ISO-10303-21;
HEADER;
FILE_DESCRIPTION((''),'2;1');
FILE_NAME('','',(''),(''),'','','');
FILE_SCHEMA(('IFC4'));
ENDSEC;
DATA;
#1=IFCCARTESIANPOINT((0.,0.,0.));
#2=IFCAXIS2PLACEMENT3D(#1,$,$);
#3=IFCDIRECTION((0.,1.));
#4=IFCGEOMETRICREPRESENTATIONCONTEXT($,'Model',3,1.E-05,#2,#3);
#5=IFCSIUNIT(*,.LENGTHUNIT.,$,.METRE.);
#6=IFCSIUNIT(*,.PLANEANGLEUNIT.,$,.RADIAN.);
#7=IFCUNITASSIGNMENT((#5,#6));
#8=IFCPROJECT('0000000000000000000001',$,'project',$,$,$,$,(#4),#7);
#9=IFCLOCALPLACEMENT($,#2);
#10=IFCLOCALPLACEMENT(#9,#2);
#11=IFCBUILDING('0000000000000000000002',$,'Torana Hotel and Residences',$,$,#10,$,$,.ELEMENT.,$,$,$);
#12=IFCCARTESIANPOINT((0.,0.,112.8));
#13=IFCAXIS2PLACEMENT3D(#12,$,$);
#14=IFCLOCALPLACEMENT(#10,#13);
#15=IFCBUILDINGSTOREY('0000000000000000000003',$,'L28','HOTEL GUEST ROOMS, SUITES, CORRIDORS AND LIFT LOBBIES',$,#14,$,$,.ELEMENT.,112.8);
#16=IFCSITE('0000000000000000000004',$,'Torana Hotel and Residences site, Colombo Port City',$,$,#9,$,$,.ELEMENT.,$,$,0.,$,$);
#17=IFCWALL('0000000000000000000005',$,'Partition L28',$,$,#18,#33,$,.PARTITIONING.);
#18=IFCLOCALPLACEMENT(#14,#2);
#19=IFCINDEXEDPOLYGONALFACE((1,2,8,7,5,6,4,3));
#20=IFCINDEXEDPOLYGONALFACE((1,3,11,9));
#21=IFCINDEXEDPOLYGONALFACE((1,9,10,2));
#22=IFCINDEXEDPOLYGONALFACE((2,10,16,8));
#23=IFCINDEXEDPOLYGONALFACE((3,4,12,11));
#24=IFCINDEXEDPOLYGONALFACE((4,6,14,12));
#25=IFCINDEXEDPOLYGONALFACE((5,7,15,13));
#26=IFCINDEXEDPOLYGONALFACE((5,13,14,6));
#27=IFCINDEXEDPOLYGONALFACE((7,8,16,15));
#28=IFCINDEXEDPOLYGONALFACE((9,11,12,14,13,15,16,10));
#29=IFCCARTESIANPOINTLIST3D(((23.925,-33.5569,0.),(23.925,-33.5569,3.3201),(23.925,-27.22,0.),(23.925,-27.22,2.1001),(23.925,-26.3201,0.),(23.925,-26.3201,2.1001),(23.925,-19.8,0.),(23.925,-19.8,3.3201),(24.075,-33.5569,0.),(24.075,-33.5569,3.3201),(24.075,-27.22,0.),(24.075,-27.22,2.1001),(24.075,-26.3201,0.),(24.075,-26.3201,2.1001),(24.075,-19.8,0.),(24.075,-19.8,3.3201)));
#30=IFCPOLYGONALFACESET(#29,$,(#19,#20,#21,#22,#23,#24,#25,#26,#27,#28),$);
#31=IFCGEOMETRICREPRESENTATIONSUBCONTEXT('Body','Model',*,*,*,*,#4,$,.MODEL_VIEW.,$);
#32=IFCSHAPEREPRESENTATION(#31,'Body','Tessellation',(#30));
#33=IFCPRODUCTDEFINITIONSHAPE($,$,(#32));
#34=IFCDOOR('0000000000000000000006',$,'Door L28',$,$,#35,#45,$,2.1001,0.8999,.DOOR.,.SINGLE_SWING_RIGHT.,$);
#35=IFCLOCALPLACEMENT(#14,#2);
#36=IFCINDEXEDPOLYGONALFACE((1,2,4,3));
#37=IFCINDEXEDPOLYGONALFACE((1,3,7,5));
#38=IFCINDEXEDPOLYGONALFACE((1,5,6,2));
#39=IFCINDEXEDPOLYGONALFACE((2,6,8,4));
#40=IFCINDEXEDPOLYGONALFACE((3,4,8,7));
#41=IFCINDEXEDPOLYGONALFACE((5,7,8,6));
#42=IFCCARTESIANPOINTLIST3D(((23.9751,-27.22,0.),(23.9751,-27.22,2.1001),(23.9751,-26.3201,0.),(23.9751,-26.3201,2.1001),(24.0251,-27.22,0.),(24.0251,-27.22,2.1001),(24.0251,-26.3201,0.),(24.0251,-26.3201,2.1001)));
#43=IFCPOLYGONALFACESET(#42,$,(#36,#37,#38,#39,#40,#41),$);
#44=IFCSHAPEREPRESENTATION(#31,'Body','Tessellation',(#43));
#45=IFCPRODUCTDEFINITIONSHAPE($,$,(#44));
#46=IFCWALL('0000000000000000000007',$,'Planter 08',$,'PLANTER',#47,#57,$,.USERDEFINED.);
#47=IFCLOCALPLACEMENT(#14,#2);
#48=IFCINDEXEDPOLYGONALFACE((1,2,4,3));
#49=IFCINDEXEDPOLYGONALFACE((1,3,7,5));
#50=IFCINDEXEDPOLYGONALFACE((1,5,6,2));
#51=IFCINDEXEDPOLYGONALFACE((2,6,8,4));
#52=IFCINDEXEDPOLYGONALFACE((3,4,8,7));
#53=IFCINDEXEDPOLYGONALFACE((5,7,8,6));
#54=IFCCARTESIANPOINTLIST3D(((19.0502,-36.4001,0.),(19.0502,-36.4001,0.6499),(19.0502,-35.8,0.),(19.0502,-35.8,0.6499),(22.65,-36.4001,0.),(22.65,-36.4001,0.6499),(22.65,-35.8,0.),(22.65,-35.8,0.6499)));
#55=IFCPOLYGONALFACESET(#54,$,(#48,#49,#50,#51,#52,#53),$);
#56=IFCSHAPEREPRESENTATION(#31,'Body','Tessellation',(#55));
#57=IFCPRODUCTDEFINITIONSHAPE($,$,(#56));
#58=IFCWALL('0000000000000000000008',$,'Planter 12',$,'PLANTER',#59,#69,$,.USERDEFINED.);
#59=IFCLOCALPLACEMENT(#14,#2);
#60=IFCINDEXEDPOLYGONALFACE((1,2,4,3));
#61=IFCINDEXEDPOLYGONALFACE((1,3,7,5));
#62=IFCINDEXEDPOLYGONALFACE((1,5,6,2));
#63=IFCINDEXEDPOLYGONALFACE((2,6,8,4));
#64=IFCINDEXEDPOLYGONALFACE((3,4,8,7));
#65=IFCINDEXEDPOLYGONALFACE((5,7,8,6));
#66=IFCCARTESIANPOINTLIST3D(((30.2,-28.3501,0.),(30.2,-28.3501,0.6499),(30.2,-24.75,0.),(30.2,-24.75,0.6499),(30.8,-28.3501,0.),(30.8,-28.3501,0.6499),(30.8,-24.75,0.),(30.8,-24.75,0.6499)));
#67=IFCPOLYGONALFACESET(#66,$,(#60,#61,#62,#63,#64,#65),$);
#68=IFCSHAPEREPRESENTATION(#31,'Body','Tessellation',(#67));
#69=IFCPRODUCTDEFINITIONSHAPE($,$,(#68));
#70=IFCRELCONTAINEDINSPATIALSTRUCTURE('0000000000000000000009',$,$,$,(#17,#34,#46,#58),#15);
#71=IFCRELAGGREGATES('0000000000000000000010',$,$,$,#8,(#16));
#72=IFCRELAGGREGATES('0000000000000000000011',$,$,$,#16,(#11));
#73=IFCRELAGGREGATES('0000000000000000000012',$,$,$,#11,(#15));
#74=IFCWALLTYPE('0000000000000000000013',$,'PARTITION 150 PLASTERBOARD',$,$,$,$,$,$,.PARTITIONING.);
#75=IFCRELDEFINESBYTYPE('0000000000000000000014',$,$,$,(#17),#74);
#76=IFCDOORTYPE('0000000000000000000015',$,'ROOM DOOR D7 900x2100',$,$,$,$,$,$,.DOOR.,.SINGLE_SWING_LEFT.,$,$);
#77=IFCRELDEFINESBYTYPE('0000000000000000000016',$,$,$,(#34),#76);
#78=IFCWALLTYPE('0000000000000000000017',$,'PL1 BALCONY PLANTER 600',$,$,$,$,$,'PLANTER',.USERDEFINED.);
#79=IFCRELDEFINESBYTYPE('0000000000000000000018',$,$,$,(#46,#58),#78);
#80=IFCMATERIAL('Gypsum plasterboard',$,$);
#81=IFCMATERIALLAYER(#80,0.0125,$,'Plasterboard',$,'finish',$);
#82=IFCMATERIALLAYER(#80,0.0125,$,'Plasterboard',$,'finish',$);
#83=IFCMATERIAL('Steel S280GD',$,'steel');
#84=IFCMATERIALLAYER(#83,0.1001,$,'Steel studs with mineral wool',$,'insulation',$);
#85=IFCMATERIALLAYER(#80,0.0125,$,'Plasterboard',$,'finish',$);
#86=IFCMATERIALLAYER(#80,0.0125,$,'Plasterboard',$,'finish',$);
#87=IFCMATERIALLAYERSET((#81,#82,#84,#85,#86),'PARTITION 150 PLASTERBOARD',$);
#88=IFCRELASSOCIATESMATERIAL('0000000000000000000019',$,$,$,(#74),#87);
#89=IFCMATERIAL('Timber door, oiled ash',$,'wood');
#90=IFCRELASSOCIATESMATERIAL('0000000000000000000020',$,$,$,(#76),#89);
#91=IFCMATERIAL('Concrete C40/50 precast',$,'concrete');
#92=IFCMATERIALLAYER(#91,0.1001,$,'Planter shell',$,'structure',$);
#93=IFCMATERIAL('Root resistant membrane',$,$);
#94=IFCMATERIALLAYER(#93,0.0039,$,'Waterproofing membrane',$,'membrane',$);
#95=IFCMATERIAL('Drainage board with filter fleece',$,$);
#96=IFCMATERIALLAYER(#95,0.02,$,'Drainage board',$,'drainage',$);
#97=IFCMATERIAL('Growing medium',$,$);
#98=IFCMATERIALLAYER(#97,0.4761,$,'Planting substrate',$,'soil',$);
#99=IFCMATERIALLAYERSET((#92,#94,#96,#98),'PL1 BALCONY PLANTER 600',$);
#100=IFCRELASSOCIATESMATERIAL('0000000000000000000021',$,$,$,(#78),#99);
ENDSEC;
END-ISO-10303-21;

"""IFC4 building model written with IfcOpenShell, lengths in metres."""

from ifc_helpers import new_model, si_unit, direction, frame, frame_2d, origin, place, context, subcontext, project, spatial, rectangle, extrude, material, layer, layer_set, type_object, element, fill, save


model = new_model("IFC4")

# Units and contexts
model_context = context("Model", 3, precision=1e-05, world=origin(), true_north=direction((0.0, 1.0)))
body_context = subcontext(model_context, "Body", "Model", "MODEL_VIEW")
ifc_project = project(units=[si_unit("LENGTHUNIT", "METRE"), si_unit("PLANEANGLEUNIT", "RADIAN")], contexts=[model_context])

# Site, building, storey
site_placement = place(None, origin())
site = spatial("IfcSite", under=ifc_project, at=site_placement, Name="Torana Hotel and Residences site, Colombo Port City", CompositionType="ELEMENT", RefElevation=0.0)
building_placement = place(site_placement, origin())
building = spatial("IfcBuilding", under=site, at=building_placement, Name="Torana Hotel and Residences", CompositionType="ELEMENT")
storey_placement = place(building_placement, frame((0.0, 0.0, 112.8)))
storey = spatial("IfcBuildingStorey", under=building, at=storey_placement, Name="L28", Description="HOTEL GUEST ROOMS, SUITES, CORRIDORS AND LIFT LOBBIES", CompositionType="ELEMENT", Elevation=112.8)

# Shared definitions
ifc_material_1 = material(Name="Steel S280GD", Category="steel")

# Wall, opening, door
ifc_material_2 = material(Name="Gypsum plasterboard")
ifc_layer_1 = layer(ifc_material_2, 0.0125, Name="Plasterboard", Category="finish")
ifc_layer_2 = layer(ifc_material_2, 0.0125, Name="Plasterboard", Category="finish")
ifc_layer_3 = layer(ifc_material_1, 0.1001, Name="Steel studs with mineral wool", Category="insulation")
ifc_layer_4 = layer(ifc_material_2, 0.0125, Name="Plasterboard", Category="finish")
ifc_layer_5 = layer(ifc_material_2, 0.0125, Name="Plasterboard", Category="finish")
ifc_layer_set_1 = layer_set([ifc_layer_1, ifc_layer_2, ifc_layer_3, ifc_layer_4, ifc_layer_5], Name="PARTITION 150 PLASTERBOARD")
wall_type_1 = type_object("IfcWallType", Name="PARTITION 150 PLASTERBOARD", PredefinedType="PARTITIONING", material=ifc_layer_set_1)
wall_1_placement = place(storey_placement, frame((24.0, -33.5569, 0.0), z_axis=(0.0, 0.0, 1.0), x_axis=(0.0, 1.0, 0.0)))
wall_1 = element("IfcWall", 1, at=wall_1_placement, inside=storey, type_object=wall_type_1, Name="Partition L28", PredefinedType="PARTITIONING", context=body_context, shape_type="SweptSolid", body=[
    extrude(rectangle(XDim=13.7568, YDim=0.1499, at=frame_2d((6.8784, 0.0))), origin(), (0.0, 0.0, 1.0), 3.3201),
])
opening_1_placement = place(wall_1_placement, frame((6.3369, 0.0, 0.0)))
opening_1 = element("IfcOpeningElement", 2, at=opening_1_placement, cuts=wall_1, PredefinedType="OPENING", context=body_context, shape_type="SweptSolid", body=[
    extrude(rectangle(XDim=0.8999, YDim=2.1001, at=frame_2d((0.45, 1.05))), frame((0.0, 0.085, 0.0), z_axis=(0.0, -1.0, 0.0), x_axis=(1.0, 0.0, 0.0)), (0.0, 0.0, 1.0), 0.1699),
])
ifc_material_3 = material(Name="Timber door, oiled ash", Category="wood")
door_type_1 = type_object("IfcDoorType", Name="ROOM DOOR D7 900x2100", OperationType="SINGLE_SWING_LEFT", PredefinedType="DOOR", material=ifc_material_3)
door_1_placement = place(opening_1_placement, origin())
door_1 = element("IfcDoor", 3, at=door_1_placement, inside=storey, type_object=door_type_1, Name="Door L28", OperationType="SINGLE_SWING_RIGHT", OverallHeight=2.1001, OverallWidth=0.8999, PredefinedType="DOOR", context=body_context, shape_type="SweptSolid", body=[
    extrude(rectangle(XDim=0.8999, YDim=2.1001, at=frame_2d((0.45, 1.05))), frame((0.0, 0.0249, 0.0), z_axis=(0.0, -1.0, 0.0), x_axis=(1.0, 0.0, 0.0)), (0.0, 0.0, 1.0), 0.05),
])
fill(opening_1, door_1)

# Walls
ifc_material_4 = material(Name="Concrete C40/50 precast", Category="concrete")
ifc_layer_6 = layer(ifc_material_4, 0.1001, Name="Planter shell", Category="structure")
ifc_material_5 = material(Name="Root resistant membrane")
ifc_layer_7 = layer(ifc_material_5, 0.0039, Name="Waterproofing membrane", Category="membrane")
ifc_material_6 = material(Name="Drainage board with filter fleece")
ifc_layer_8 = layer(ifc_material_6, 0.02, Name="Drainage board", Category="drainage")
ifc_material_7 = material(Name="Growing medium")
ifc_layer_9 = layer(ifc_material_7, 0.4761, Name="Planting substrate", Category="soil")
ifc_layer_set_2 = layer_set([ifc_layer_6, ifc_layer_7, ifc_layer_8, ifc_layer_9], Name="PL1 BALCONY PLANTER 600")
wall_type_2 = type_object("IfcWallType", Name="PL1 BALCONY PLANTER 600", ElementType="PLANTER", PredefinedType="USERDEFINED", material=ifc_layer_set_2)
wall_2_placement = place(storey_placement, frame((22.6499, -36.1001, 0.0), z_axis=(0.0, 0.0, 1.0), x_axis=(-1.0, 0.0, 0.0)))
element("IfcWall", 4, at=wall_2_placement, inside=storey, type_object=wall_type_2, Name="Planter 08", ObjectType="PLANTER", PredefinedType="USERDEFINED", context=body_context, shape_type="SweptSolid", body=[
    extrude(rectangle(XDim=3.5999, YDim=0.6001, at=frame_2d((1.7998, 0.0))), origin(), (0.0, 0.0, 1.0), 0.6499),
])
wall_3_placement = place(storey_placement, frame((30.5, -24.75, 0.0), z_axis=(0.0, 0.0, 1.0), x_axis=(0.0, -1.0, 0.0)))
element("IfcWall", 5, at=wall_3_placement, inside=storey, type_object=wall_type_2, Name="Planter 12", ObjectType="PLANTER", PredefinedType="USERDEFINED", context=body_context, shape_type="SweptSolid", body=[
    extrude(rectangle(XDim=3.6001, YDim=0.6001, at=frame_2d((1.8, 0.0))), origin(), (0.0, 0.0, 1.0), 0.6499),
])

save(model, "model.ifc")
